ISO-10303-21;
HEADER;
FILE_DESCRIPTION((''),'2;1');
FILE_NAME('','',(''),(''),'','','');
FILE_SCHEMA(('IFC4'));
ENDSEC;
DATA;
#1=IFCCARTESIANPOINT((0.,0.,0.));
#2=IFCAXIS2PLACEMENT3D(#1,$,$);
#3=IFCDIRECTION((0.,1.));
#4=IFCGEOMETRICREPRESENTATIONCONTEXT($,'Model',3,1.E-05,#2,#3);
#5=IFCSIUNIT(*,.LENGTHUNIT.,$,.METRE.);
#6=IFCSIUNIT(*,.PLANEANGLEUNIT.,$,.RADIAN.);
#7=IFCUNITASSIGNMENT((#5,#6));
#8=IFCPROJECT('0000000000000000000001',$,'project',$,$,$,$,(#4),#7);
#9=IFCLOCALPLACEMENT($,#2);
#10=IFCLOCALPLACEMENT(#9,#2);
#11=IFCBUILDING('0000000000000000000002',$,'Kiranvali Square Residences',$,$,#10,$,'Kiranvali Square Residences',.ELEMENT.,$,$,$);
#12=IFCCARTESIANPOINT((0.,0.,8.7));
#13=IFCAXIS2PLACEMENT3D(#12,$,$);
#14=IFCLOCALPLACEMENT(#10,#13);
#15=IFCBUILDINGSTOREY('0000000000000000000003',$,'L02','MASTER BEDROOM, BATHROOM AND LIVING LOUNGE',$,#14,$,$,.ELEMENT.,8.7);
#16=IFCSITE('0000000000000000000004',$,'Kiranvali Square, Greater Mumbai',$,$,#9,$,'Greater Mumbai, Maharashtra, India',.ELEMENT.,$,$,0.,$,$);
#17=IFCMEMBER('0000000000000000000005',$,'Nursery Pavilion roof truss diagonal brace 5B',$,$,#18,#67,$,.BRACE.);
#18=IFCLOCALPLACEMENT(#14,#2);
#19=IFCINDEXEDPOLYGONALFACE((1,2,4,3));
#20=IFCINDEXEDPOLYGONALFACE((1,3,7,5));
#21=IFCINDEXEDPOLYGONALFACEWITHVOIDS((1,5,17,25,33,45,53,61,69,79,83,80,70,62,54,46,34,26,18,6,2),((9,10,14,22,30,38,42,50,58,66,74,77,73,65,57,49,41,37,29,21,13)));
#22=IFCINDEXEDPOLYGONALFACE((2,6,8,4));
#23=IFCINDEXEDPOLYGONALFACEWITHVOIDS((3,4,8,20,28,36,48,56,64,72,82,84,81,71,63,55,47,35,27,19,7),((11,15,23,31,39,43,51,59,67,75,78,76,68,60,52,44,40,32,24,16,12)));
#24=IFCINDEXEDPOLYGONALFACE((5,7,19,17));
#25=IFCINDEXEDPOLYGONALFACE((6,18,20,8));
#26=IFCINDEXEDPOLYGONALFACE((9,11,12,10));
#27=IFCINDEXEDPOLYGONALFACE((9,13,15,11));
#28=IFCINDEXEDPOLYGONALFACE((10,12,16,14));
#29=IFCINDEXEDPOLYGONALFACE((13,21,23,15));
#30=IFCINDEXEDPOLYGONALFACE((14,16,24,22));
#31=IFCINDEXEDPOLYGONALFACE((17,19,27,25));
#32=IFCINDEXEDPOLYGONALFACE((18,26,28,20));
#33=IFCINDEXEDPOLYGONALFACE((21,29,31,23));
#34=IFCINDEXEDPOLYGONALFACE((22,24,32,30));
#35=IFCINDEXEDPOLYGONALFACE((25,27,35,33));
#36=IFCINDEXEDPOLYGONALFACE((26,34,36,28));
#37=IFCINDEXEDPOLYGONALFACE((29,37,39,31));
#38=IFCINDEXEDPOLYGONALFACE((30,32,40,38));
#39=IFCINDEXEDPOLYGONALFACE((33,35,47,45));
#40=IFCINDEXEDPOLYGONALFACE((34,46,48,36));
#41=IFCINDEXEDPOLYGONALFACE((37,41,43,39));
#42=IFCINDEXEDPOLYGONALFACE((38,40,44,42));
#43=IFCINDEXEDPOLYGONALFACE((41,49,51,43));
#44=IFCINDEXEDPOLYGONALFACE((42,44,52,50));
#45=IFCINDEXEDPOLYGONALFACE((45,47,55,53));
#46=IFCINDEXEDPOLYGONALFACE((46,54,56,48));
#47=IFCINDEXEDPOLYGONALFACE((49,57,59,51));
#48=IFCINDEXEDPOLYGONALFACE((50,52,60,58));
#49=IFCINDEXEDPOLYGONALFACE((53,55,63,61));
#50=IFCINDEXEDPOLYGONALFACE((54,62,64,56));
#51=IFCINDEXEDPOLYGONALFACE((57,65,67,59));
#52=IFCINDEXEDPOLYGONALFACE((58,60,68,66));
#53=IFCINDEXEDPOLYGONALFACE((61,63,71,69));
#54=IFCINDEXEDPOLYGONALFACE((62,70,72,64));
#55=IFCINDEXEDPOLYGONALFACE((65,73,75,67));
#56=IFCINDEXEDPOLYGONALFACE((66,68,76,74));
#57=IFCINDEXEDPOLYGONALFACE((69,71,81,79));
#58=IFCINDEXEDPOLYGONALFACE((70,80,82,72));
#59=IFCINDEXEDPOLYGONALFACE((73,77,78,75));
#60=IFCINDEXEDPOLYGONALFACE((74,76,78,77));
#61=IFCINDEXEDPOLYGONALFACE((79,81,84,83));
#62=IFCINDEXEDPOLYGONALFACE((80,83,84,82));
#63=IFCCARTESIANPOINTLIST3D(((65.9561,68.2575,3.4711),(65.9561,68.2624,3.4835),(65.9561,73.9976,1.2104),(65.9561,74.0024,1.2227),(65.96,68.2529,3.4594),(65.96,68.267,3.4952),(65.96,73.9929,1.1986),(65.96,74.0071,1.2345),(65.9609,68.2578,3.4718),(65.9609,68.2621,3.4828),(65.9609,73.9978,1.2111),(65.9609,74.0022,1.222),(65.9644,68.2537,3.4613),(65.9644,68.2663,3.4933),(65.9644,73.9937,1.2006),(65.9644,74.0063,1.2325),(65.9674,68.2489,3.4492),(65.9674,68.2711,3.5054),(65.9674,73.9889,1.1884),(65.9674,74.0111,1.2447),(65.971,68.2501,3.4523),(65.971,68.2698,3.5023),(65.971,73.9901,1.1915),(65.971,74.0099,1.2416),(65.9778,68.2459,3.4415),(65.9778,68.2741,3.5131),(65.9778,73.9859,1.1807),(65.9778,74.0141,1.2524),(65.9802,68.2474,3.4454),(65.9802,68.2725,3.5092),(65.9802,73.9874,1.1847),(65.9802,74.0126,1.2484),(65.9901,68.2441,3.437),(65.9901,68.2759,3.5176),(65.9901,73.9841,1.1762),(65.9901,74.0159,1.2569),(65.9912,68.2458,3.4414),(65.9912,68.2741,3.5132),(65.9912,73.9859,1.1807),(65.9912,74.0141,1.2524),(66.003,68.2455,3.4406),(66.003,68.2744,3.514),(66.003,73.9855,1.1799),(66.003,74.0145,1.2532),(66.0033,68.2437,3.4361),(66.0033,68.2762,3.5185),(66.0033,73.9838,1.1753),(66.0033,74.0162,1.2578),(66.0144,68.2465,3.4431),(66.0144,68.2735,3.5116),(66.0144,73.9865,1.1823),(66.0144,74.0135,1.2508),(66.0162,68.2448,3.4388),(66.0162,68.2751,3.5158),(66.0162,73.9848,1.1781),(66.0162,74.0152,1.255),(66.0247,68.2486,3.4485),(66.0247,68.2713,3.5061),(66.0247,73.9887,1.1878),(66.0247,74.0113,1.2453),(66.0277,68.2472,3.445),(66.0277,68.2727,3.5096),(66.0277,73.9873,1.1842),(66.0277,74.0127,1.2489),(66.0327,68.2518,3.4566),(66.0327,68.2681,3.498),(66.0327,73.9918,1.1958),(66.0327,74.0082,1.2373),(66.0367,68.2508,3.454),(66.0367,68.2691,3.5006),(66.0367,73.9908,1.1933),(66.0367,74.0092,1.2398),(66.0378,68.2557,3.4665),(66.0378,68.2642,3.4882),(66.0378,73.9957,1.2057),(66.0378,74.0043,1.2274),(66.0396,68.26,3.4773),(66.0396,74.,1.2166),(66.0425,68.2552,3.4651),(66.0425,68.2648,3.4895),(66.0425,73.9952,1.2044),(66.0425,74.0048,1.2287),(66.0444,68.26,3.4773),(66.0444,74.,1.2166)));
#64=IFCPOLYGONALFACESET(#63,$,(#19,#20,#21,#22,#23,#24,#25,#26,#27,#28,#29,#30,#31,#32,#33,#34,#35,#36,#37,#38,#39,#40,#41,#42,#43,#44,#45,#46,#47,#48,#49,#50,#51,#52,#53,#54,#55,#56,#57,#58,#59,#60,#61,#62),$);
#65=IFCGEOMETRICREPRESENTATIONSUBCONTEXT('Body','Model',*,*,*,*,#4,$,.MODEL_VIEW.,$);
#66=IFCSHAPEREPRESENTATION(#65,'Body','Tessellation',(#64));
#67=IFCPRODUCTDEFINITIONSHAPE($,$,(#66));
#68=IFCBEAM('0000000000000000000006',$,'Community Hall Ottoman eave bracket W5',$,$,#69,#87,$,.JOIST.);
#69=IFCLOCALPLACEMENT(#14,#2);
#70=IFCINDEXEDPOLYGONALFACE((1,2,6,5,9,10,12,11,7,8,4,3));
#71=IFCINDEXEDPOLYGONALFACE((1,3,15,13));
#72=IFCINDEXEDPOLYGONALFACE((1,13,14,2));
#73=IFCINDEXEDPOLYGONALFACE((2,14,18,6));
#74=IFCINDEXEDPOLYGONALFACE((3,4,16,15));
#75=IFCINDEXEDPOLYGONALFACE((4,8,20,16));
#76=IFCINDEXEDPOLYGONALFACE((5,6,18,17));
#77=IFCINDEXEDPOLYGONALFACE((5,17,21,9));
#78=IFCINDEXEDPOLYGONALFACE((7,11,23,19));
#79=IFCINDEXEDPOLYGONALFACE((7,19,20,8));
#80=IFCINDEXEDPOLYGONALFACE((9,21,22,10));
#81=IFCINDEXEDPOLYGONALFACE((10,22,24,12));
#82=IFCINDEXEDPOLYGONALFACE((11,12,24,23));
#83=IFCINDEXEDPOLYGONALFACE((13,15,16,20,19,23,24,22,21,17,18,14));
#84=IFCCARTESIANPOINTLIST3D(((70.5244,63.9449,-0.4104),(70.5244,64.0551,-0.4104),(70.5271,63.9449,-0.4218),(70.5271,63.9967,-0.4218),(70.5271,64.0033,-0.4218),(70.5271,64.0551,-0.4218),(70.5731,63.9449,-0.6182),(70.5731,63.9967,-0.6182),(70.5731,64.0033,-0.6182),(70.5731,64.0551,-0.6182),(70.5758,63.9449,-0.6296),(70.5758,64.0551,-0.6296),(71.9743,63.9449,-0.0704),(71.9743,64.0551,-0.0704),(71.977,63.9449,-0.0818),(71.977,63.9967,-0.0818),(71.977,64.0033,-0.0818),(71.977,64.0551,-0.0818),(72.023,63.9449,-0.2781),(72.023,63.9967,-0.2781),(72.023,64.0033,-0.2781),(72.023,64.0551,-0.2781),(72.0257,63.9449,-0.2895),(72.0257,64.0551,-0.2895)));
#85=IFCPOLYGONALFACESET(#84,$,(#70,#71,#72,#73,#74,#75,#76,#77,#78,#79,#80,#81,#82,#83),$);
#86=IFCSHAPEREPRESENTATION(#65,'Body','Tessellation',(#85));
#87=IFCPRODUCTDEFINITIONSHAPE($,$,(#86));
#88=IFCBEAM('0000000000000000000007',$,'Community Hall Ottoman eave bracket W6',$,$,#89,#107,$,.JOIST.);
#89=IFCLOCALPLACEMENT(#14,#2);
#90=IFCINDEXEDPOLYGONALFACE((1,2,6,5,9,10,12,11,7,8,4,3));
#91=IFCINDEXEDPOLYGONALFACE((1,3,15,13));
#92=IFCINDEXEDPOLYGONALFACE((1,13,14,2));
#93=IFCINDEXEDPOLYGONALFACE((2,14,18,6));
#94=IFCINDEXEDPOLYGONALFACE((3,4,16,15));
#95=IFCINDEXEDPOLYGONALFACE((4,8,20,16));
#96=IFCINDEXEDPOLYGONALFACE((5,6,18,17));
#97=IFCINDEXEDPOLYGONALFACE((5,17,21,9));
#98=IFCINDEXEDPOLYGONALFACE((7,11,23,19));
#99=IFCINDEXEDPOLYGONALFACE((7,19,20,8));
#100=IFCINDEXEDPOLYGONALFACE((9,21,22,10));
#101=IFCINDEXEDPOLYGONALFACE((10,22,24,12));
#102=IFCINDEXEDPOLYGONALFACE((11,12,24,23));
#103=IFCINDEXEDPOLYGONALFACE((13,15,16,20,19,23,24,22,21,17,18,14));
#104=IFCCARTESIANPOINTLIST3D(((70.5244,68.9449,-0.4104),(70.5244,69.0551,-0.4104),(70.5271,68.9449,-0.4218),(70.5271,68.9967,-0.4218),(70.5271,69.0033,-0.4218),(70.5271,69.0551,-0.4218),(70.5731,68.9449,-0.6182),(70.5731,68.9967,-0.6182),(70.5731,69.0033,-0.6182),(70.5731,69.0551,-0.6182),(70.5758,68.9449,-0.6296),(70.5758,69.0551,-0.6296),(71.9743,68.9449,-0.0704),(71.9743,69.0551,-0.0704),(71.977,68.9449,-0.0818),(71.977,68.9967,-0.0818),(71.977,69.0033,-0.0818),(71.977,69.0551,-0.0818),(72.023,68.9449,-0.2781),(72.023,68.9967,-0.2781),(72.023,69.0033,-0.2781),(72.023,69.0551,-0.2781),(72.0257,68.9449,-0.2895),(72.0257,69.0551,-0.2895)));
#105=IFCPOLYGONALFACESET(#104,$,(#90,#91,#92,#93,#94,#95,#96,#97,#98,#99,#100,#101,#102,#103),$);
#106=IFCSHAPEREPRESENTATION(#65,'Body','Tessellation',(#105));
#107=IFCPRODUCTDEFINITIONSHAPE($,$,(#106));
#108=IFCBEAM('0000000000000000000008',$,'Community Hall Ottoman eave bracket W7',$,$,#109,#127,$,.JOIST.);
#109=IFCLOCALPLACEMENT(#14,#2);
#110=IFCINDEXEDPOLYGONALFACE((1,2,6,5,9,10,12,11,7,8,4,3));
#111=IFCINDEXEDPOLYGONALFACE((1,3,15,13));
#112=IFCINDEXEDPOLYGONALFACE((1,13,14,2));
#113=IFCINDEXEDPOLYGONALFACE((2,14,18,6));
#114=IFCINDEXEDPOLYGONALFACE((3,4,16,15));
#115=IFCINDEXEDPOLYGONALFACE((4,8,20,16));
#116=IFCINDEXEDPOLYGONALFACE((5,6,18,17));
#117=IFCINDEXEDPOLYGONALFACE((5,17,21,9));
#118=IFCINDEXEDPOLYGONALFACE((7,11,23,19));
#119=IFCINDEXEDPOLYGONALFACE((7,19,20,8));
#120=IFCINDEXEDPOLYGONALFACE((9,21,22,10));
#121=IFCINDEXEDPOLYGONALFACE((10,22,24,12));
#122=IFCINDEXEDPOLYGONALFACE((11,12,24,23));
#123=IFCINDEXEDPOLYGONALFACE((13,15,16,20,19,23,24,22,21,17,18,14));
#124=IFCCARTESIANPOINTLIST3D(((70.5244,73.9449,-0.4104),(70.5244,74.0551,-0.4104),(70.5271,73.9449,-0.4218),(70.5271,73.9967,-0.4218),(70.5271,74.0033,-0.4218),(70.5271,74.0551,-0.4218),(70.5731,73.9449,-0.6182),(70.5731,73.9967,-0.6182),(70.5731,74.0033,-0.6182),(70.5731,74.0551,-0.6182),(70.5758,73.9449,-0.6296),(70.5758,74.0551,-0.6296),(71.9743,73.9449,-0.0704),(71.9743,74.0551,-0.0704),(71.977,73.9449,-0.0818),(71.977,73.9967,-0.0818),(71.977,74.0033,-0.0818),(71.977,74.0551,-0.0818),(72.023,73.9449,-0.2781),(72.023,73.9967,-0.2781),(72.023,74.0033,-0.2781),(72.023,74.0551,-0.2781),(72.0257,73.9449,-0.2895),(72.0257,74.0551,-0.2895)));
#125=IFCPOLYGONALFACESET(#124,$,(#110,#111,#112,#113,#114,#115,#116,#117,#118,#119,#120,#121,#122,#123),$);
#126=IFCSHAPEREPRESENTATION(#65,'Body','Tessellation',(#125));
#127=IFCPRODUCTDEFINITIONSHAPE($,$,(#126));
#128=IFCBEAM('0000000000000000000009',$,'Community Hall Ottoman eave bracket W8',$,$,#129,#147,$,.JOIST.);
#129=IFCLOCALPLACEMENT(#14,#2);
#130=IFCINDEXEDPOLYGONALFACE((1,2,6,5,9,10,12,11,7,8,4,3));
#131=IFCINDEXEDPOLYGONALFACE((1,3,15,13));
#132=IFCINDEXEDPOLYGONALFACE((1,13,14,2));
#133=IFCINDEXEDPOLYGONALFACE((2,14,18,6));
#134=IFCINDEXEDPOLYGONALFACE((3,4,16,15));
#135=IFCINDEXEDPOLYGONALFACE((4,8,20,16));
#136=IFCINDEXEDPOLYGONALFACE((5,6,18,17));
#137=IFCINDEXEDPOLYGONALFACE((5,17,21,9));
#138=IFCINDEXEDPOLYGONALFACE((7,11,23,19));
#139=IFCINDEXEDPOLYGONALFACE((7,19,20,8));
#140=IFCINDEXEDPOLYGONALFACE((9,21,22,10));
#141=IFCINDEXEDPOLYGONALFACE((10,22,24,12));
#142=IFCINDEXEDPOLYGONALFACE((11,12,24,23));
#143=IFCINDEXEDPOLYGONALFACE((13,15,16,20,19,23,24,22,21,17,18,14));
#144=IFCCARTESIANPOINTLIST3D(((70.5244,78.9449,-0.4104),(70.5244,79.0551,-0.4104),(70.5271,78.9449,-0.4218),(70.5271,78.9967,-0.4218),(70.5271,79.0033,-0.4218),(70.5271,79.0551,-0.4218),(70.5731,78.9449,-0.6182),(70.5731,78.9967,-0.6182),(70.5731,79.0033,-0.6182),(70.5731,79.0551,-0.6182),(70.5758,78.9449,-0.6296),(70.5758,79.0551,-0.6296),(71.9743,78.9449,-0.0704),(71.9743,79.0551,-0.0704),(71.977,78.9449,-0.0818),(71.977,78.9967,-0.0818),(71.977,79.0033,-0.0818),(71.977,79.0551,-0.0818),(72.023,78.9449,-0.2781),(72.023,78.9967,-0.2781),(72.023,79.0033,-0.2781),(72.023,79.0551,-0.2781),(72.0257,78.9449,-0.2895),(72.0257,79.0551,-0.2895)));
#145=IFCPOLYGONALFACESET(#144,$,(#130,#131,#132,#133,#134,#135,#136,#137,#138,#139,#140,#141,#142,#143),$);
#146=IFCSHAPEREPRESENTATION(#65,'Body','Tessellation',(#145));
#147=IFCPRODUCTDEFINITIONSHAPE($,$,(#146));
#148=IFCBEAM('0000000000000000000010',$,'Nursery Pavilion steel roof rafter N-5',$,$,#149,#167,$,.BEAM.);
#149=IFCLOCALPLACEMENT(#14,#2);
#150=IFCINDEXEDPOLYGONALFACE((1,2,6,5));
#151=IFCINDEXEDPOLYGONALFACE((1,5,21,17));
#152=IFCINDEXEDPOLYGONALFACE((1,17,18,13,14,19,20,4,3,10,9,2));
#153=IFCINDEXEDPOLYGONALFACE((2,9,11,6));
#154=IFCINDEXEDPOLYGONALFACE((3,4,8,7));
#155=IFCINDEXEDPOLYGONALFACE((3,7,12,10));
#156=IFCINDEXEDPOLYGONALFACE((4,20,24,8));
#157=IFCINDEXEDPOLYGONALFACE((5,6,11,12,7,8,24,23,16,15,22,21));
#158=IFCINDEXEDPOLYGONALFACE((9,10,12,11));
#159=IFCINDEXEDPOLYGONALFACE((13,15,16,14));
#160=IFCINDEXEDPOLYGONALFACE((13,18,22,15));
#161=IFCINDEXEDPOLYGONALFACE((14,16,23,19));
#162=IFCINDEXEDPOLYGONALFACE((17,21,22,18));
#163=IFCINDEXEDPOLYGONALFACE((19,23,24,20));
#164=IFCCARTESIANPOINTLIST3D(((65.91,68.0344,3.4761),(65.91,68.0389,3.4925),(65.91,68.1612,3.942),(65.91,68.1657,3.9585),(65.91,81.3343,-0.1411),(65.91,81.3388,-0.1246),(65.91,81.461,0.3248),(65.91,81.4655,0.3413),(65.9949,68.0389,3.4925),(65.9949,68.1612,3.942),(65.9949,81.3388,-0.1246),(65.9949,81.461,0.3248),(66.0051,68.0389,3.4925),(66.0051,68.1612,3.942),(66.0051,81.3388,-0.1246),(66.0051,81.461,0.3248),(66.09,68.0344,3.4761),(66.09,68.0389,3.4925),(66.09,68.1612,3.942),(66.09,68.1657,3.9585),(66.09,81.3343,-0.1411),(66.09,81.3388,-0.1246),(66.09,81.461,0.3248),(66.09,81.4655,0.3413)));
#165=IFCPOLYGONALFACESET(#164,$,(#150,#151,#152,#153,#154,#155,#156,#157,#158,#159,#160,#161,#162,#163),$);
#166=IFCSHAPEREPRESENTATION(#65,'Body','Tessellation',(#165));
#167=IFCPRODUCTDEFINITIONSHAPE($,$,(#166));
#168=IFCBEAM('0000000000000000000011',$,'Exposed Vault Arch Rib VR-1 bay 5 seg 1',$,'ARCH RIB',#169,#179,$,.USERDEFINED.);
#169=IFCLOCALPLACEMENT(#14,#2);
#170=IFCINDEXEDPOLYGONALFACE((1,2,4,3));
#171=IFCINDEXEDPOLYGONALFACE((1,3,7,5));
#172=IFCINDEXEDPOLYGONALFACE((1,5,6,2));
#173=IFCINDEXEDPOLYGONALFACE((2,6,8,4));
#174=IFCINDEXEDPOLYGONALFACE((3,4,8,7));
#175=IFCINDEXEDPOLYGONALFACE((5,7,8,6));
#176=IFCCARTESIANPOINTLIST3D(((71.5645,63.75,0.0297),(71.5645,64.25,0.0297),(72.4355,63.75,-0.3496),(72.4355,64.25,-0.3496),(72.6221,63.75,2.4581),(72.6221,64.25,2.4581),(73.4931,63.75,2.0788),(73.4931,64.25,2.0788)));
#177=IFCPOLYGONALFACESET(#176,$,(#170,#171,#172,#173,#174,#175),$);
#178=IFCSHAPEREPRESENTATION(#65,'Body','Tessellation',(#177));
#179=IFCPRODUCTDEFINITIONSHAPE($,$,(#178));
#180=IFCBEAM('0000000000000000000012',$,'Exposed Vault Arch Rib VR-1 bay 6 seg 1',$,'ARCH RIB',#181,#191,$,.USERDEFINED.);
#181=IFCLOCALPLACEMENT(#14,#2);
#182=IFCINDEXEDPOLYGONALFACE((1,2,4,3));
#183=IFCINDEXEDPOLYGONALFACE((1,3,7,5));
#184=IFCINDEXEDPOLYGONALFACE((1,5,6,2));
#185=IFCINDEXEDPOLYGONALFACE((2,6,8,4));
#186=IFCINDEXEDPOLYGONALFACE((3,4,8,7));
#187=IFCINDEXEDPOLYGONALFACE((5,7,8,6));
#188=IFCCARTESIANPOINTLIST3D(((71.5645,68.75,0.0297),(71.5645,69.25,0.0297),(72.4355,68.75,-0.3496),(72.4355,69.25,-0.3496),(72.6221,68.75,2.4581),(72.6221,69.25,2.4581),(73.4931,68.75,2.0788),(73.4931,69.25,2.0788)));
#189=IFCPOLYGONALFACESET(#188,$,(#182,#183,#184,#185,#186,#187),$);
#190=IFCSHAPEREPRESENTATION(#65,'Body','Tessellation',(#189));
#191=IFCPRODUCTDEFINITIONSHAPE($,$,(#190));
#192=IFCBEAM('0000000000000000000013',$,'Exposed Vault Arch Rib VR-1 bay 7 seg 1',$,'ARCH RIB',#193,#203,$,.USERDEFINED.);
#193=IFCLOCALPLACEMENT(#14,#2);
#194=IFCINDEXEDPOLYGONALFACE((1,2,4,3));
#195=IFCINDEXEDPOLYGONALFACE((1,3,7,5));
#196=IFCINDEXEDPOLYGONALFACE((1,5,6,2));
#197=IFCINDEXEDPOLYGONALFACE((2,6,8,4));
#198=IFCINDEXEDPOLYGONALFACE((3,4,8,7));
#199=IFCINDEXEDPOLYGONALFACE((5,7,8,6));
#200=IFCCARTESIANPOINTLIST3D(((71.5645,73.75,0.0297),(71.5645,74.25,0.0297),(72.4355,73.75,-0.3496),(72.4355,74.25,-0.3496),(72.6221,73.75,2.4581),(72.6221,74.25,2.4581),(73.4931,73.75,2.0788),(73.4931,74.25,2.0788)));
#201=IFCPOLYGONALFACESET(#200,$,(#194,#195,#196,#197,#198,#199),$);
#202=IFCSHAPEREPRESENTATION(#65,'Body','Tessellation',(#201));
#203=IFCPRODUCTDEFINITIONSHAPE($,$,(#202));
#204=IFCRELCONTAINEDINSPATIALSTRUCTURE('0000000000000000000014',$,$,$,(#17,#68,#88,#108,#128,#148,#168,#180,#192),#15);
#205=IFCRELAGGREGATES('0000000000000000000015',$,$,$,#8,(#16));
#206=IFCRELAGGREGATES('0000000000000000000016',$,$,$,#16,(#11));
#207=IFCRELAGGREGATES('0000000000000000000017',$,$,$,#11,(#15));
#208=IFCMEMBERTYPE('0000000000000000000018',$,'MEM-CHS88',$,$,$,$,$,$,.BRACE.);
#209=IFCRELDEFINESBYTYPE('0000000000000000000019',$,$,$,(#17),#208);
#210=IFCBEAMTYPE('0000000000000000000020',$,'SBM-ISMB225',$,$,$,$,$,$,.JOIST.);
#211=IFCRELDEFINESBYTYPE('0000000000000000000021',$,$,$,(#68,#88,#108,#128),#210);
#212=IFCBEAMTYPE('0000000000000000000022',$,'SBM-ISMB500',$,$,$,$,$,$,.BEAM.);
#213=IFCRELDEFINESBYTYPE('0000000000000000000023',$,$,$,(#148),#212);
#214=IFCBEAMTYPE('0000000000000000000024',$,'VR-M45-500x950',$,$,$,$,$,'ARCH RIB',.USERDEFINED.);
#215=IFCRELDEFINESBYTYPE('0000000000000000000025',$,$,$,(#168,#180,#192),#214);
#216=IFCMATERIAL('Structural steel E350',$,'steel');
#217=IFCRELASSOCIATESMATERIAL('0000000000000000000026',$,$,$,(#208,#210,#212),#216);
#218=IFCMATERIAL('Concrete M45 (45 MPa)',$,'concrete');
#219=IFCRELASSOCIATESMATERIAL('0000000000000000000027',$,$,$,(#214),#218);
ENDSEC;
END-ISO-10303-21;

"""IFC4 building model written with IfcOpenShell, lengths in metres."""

from ifc_helpers import new_model, si_unit, direction, frame, origin, origin_2d, place, context, subcontext, project, spatial, rectangle, hollow_circle, i_section, extrude, material, material_profile, profile_set, type_object, element, save


model = new_model("IFC4")

# Units and contexts
model_context = context("Model", 3, precision=1e-05, world=origin(), true_north=direction((0.0, 1.0)))
body_context = subcontext(model_context, "Body", "Model", "MODEL_VIEW")
ifc_project = project(units=[si_unit("LENGTHUNIT", "METRE"), si_unit("PLANEANGLEUNIT", "RADIAN")], contexts=[model_context])

# Site, building, storey
site_placement = place(None, origin())
site = spatial("IfcSite", under=ifc_project, at=site_placement, Name="Kiranvali Square, Greater Mumbai", LongName="Greater Mumbai, Maharashtra, India", CompositionType="ELEMENT", RefElevation=0.0)
building_placement = place(site_placement, origin())
building = spatial("IfcBuilding", under=site, at=building_placement, Name="Kiranvali Square Residences", LongName="Kiranvali Square Residences", CompositionType="ELEMENT")
storey_placement = place(building_placement, frame((0.0, 0.0, 8.7)))
storey = spatial("IfcBuildingStorey", under=building, at=storey_placement, Name="L02", Description="MASTER BEDROOM, BATHROOM AND LIVING LOUNGE", CompositionType="ELEMENT", Elevation=8.7)

# Member
ifc_material_1 = material(Name="Structural steel E350", Category="steel")
ifc_material_profile_1 = material_profile(ifc_material_1, hollow_circle(Radius=0.0444, WallThickness=0.0049, at=origin_2d()), Name="CHS 88.9x4.8")
ifc_profile_set_1 = profile_set([ifc_material_profile_1], Name="Structural steel E350")
member_type = type_object("IfcMemberType", Name="MEM-CHS88", PredefinedType="BRACE", material=ifc_profile_set_1)
member_placement = place(storey_placement, frame((66.0, 74.0, 1.2166), z_axis=(0.0, -0.930434, 0.366459), x_axis=(1.0, 0.0, 0.0)))
element("IfcMember", 1, at=member_placement, inside=storey, type_object=member_type, Name="Nursery Pavilion roof truss diagonal brace 5B", PredefinedType="BRACE", context=body_context, shape_type="SweptSolid", body=[
    extrude(hollow_circle(Radius=0.0444, WallThickness=0.0049, at=origin_2d()), origin(), (0.0, 0.0, 1.0), 6.1692),
])

# Beams
ifc_material_profile_2 = material_profile(ifc_material_1, i_section(OverallWidth=0.1101, OverallDepth=0.2251, WebThickness=0.0066, FlangeThickness=0.0117, at=origin_2d()), Name="ISMB 225")
ifc_profile_set_2 = profile_set([ifc_material_profile_2], Name="Structural steel E350")
beam_type_1 = type_object("IfcBeamType", Name="SBM-ISMB225", PredefinedType="JOIST", material=ifc_profile_set_2)
for number, where, z_axis, x_axis, name in (
    (2, (72.0, 64.0, -0.1799), (-0.973578, 0.0, -0.228354), (0.0, -1.0, 0.0), "Community Hall Ottoman eave bracket W5"),
    (3, (72.0, 69.0, -0.1799), (-0.973578, 0.0, -0.228354), (0.0, -1.0, 0.0), "Community Hall Ottoman eave bracket W6"),
    (4, (72.0, 74.0, -0.1799), (-0.973578, 0.0, -0.228354), (0.0, -1.0, 0.0), "Community Hall Ottoman eave bracket W7"),
    (5, (72.0, 79.0, -0.1799), (-0.973578, 0.0, -0.228354), (0.0, -1.0, 0.0), "Community Hall Ottoman eave bracket W8"),
):
    element("IfcBeam", number, at=place(storey_placement, frame(where, z_axis=z_axis, x_axis=x_axis)), inside=storey, type_object=beam_type_1, Name=name, PredefinedType="JOIST", context=body_context, shape_type="SweptSolid", body=[
        extrude(i_section(OverallWidth=0.1101, OverallDepth=0.2251, WebThickness=0.0066, FlangeThickness=0.0117, at=origin_2d()), origin(), (0.0, 0.0, 1.0), 1.4893),
    ])
ifc_material_profile_3 = material_profile(ifc_material_1, i_section(OverallWidth=0.1799, OverallDepth=0.5, WebThickness=0.0103, FlangeThickness=0.0171, at=origin_2d()), Name="ISMB 500")
ifc_profile_set_3 = profile_set([ifc_material_profile_3], Name="Structural steel E350")
beam_type_2 = type_object("IfcBeamType", Name="SBM-ISMB500", PredefinedType="BEAM", material=ifc_profile_set_3)
beam_placement = place(storey_placement, frame((66.0, 81.3999, 0.1001), z_axis=(0.0, -0.964948, 0.26244), x_axis=(1.0, 0.0, 0.0)))
element("IfcBeam", 6, at=beam_placement, inside=storey, type_object=beam_type_2, Name="Nursery Pavilion steel roof rafter N-5", PredefinedType="BEAM", context=body_context, shape_type="SweptSolid", body=[
    extrude(i_section(OverallWidth=0.1799, OverallDepth=0.5, WebThickness=0.0103, FlangeThickness=0.0171, at=origin_2d()), origin(), (0.0, 0.0, 1.0), 13.783),
])
ifc_material_2 = material(Name="Concrete M45 (45 MPa)", Category="concrete")
ifc_material_profile_4 = material_profile(ifc_material_2, rectangle(XDim=0.5, YDim=0.95, at=origin_2d()), Name="RC 500x950")
ifc_profile_set_4 = profile_set([ifc_material_profile_4], Name="Concrete M45 (45 MPa)")
beam_type_3 = type_object("IfcBeamType", Name="VR-M45-500x950", ElementType="ARCH RIB", PredefinedType="USERDEFINED", material=ifc_profile_set_4)
for number, where, z_axis, x_axis, name in (
    (7, (72.0, 64.0, -0.1599), (0.399286, 0.0, 0.916827), (0.0, 1.0, 0.0), "Exposed Vault Arch Rib VR-1 bay 5 seg 1"),
    (8, (72.0, 69.0, -0.1599), (0.399286, 0.0, 0.916827), (0.0, 1.0, 0.0), "Exposed Vault Arch Rib VR-1 bay 6 seg 1"),
    (9, (72.0, 74.0, -0.1599), (0.399286, 0.0, 0.916827), (0.0, 1.0, 0.0), "Exposed Vault Arch Rib VR-1 bay 7 seg 1"),
):
    element("IfcBeam", number, at=place(storey_placement, frame(where, z_axis=z_axis, x_axis=x_axis)), inside=storey, type_object=beam_type_3, Name=name, ObjectType="ARCH RIB", PredefinedType="USERDEFINED", context=body_context, shape_type="SweptSolid", body=[
        extrude(rectangle(XDim=0.5, YDim=0.95, at=origin_2d()), origin(), (0.0, 0.0, 1.0), 2.6487),
    ])

save(model, "model.ifc")
